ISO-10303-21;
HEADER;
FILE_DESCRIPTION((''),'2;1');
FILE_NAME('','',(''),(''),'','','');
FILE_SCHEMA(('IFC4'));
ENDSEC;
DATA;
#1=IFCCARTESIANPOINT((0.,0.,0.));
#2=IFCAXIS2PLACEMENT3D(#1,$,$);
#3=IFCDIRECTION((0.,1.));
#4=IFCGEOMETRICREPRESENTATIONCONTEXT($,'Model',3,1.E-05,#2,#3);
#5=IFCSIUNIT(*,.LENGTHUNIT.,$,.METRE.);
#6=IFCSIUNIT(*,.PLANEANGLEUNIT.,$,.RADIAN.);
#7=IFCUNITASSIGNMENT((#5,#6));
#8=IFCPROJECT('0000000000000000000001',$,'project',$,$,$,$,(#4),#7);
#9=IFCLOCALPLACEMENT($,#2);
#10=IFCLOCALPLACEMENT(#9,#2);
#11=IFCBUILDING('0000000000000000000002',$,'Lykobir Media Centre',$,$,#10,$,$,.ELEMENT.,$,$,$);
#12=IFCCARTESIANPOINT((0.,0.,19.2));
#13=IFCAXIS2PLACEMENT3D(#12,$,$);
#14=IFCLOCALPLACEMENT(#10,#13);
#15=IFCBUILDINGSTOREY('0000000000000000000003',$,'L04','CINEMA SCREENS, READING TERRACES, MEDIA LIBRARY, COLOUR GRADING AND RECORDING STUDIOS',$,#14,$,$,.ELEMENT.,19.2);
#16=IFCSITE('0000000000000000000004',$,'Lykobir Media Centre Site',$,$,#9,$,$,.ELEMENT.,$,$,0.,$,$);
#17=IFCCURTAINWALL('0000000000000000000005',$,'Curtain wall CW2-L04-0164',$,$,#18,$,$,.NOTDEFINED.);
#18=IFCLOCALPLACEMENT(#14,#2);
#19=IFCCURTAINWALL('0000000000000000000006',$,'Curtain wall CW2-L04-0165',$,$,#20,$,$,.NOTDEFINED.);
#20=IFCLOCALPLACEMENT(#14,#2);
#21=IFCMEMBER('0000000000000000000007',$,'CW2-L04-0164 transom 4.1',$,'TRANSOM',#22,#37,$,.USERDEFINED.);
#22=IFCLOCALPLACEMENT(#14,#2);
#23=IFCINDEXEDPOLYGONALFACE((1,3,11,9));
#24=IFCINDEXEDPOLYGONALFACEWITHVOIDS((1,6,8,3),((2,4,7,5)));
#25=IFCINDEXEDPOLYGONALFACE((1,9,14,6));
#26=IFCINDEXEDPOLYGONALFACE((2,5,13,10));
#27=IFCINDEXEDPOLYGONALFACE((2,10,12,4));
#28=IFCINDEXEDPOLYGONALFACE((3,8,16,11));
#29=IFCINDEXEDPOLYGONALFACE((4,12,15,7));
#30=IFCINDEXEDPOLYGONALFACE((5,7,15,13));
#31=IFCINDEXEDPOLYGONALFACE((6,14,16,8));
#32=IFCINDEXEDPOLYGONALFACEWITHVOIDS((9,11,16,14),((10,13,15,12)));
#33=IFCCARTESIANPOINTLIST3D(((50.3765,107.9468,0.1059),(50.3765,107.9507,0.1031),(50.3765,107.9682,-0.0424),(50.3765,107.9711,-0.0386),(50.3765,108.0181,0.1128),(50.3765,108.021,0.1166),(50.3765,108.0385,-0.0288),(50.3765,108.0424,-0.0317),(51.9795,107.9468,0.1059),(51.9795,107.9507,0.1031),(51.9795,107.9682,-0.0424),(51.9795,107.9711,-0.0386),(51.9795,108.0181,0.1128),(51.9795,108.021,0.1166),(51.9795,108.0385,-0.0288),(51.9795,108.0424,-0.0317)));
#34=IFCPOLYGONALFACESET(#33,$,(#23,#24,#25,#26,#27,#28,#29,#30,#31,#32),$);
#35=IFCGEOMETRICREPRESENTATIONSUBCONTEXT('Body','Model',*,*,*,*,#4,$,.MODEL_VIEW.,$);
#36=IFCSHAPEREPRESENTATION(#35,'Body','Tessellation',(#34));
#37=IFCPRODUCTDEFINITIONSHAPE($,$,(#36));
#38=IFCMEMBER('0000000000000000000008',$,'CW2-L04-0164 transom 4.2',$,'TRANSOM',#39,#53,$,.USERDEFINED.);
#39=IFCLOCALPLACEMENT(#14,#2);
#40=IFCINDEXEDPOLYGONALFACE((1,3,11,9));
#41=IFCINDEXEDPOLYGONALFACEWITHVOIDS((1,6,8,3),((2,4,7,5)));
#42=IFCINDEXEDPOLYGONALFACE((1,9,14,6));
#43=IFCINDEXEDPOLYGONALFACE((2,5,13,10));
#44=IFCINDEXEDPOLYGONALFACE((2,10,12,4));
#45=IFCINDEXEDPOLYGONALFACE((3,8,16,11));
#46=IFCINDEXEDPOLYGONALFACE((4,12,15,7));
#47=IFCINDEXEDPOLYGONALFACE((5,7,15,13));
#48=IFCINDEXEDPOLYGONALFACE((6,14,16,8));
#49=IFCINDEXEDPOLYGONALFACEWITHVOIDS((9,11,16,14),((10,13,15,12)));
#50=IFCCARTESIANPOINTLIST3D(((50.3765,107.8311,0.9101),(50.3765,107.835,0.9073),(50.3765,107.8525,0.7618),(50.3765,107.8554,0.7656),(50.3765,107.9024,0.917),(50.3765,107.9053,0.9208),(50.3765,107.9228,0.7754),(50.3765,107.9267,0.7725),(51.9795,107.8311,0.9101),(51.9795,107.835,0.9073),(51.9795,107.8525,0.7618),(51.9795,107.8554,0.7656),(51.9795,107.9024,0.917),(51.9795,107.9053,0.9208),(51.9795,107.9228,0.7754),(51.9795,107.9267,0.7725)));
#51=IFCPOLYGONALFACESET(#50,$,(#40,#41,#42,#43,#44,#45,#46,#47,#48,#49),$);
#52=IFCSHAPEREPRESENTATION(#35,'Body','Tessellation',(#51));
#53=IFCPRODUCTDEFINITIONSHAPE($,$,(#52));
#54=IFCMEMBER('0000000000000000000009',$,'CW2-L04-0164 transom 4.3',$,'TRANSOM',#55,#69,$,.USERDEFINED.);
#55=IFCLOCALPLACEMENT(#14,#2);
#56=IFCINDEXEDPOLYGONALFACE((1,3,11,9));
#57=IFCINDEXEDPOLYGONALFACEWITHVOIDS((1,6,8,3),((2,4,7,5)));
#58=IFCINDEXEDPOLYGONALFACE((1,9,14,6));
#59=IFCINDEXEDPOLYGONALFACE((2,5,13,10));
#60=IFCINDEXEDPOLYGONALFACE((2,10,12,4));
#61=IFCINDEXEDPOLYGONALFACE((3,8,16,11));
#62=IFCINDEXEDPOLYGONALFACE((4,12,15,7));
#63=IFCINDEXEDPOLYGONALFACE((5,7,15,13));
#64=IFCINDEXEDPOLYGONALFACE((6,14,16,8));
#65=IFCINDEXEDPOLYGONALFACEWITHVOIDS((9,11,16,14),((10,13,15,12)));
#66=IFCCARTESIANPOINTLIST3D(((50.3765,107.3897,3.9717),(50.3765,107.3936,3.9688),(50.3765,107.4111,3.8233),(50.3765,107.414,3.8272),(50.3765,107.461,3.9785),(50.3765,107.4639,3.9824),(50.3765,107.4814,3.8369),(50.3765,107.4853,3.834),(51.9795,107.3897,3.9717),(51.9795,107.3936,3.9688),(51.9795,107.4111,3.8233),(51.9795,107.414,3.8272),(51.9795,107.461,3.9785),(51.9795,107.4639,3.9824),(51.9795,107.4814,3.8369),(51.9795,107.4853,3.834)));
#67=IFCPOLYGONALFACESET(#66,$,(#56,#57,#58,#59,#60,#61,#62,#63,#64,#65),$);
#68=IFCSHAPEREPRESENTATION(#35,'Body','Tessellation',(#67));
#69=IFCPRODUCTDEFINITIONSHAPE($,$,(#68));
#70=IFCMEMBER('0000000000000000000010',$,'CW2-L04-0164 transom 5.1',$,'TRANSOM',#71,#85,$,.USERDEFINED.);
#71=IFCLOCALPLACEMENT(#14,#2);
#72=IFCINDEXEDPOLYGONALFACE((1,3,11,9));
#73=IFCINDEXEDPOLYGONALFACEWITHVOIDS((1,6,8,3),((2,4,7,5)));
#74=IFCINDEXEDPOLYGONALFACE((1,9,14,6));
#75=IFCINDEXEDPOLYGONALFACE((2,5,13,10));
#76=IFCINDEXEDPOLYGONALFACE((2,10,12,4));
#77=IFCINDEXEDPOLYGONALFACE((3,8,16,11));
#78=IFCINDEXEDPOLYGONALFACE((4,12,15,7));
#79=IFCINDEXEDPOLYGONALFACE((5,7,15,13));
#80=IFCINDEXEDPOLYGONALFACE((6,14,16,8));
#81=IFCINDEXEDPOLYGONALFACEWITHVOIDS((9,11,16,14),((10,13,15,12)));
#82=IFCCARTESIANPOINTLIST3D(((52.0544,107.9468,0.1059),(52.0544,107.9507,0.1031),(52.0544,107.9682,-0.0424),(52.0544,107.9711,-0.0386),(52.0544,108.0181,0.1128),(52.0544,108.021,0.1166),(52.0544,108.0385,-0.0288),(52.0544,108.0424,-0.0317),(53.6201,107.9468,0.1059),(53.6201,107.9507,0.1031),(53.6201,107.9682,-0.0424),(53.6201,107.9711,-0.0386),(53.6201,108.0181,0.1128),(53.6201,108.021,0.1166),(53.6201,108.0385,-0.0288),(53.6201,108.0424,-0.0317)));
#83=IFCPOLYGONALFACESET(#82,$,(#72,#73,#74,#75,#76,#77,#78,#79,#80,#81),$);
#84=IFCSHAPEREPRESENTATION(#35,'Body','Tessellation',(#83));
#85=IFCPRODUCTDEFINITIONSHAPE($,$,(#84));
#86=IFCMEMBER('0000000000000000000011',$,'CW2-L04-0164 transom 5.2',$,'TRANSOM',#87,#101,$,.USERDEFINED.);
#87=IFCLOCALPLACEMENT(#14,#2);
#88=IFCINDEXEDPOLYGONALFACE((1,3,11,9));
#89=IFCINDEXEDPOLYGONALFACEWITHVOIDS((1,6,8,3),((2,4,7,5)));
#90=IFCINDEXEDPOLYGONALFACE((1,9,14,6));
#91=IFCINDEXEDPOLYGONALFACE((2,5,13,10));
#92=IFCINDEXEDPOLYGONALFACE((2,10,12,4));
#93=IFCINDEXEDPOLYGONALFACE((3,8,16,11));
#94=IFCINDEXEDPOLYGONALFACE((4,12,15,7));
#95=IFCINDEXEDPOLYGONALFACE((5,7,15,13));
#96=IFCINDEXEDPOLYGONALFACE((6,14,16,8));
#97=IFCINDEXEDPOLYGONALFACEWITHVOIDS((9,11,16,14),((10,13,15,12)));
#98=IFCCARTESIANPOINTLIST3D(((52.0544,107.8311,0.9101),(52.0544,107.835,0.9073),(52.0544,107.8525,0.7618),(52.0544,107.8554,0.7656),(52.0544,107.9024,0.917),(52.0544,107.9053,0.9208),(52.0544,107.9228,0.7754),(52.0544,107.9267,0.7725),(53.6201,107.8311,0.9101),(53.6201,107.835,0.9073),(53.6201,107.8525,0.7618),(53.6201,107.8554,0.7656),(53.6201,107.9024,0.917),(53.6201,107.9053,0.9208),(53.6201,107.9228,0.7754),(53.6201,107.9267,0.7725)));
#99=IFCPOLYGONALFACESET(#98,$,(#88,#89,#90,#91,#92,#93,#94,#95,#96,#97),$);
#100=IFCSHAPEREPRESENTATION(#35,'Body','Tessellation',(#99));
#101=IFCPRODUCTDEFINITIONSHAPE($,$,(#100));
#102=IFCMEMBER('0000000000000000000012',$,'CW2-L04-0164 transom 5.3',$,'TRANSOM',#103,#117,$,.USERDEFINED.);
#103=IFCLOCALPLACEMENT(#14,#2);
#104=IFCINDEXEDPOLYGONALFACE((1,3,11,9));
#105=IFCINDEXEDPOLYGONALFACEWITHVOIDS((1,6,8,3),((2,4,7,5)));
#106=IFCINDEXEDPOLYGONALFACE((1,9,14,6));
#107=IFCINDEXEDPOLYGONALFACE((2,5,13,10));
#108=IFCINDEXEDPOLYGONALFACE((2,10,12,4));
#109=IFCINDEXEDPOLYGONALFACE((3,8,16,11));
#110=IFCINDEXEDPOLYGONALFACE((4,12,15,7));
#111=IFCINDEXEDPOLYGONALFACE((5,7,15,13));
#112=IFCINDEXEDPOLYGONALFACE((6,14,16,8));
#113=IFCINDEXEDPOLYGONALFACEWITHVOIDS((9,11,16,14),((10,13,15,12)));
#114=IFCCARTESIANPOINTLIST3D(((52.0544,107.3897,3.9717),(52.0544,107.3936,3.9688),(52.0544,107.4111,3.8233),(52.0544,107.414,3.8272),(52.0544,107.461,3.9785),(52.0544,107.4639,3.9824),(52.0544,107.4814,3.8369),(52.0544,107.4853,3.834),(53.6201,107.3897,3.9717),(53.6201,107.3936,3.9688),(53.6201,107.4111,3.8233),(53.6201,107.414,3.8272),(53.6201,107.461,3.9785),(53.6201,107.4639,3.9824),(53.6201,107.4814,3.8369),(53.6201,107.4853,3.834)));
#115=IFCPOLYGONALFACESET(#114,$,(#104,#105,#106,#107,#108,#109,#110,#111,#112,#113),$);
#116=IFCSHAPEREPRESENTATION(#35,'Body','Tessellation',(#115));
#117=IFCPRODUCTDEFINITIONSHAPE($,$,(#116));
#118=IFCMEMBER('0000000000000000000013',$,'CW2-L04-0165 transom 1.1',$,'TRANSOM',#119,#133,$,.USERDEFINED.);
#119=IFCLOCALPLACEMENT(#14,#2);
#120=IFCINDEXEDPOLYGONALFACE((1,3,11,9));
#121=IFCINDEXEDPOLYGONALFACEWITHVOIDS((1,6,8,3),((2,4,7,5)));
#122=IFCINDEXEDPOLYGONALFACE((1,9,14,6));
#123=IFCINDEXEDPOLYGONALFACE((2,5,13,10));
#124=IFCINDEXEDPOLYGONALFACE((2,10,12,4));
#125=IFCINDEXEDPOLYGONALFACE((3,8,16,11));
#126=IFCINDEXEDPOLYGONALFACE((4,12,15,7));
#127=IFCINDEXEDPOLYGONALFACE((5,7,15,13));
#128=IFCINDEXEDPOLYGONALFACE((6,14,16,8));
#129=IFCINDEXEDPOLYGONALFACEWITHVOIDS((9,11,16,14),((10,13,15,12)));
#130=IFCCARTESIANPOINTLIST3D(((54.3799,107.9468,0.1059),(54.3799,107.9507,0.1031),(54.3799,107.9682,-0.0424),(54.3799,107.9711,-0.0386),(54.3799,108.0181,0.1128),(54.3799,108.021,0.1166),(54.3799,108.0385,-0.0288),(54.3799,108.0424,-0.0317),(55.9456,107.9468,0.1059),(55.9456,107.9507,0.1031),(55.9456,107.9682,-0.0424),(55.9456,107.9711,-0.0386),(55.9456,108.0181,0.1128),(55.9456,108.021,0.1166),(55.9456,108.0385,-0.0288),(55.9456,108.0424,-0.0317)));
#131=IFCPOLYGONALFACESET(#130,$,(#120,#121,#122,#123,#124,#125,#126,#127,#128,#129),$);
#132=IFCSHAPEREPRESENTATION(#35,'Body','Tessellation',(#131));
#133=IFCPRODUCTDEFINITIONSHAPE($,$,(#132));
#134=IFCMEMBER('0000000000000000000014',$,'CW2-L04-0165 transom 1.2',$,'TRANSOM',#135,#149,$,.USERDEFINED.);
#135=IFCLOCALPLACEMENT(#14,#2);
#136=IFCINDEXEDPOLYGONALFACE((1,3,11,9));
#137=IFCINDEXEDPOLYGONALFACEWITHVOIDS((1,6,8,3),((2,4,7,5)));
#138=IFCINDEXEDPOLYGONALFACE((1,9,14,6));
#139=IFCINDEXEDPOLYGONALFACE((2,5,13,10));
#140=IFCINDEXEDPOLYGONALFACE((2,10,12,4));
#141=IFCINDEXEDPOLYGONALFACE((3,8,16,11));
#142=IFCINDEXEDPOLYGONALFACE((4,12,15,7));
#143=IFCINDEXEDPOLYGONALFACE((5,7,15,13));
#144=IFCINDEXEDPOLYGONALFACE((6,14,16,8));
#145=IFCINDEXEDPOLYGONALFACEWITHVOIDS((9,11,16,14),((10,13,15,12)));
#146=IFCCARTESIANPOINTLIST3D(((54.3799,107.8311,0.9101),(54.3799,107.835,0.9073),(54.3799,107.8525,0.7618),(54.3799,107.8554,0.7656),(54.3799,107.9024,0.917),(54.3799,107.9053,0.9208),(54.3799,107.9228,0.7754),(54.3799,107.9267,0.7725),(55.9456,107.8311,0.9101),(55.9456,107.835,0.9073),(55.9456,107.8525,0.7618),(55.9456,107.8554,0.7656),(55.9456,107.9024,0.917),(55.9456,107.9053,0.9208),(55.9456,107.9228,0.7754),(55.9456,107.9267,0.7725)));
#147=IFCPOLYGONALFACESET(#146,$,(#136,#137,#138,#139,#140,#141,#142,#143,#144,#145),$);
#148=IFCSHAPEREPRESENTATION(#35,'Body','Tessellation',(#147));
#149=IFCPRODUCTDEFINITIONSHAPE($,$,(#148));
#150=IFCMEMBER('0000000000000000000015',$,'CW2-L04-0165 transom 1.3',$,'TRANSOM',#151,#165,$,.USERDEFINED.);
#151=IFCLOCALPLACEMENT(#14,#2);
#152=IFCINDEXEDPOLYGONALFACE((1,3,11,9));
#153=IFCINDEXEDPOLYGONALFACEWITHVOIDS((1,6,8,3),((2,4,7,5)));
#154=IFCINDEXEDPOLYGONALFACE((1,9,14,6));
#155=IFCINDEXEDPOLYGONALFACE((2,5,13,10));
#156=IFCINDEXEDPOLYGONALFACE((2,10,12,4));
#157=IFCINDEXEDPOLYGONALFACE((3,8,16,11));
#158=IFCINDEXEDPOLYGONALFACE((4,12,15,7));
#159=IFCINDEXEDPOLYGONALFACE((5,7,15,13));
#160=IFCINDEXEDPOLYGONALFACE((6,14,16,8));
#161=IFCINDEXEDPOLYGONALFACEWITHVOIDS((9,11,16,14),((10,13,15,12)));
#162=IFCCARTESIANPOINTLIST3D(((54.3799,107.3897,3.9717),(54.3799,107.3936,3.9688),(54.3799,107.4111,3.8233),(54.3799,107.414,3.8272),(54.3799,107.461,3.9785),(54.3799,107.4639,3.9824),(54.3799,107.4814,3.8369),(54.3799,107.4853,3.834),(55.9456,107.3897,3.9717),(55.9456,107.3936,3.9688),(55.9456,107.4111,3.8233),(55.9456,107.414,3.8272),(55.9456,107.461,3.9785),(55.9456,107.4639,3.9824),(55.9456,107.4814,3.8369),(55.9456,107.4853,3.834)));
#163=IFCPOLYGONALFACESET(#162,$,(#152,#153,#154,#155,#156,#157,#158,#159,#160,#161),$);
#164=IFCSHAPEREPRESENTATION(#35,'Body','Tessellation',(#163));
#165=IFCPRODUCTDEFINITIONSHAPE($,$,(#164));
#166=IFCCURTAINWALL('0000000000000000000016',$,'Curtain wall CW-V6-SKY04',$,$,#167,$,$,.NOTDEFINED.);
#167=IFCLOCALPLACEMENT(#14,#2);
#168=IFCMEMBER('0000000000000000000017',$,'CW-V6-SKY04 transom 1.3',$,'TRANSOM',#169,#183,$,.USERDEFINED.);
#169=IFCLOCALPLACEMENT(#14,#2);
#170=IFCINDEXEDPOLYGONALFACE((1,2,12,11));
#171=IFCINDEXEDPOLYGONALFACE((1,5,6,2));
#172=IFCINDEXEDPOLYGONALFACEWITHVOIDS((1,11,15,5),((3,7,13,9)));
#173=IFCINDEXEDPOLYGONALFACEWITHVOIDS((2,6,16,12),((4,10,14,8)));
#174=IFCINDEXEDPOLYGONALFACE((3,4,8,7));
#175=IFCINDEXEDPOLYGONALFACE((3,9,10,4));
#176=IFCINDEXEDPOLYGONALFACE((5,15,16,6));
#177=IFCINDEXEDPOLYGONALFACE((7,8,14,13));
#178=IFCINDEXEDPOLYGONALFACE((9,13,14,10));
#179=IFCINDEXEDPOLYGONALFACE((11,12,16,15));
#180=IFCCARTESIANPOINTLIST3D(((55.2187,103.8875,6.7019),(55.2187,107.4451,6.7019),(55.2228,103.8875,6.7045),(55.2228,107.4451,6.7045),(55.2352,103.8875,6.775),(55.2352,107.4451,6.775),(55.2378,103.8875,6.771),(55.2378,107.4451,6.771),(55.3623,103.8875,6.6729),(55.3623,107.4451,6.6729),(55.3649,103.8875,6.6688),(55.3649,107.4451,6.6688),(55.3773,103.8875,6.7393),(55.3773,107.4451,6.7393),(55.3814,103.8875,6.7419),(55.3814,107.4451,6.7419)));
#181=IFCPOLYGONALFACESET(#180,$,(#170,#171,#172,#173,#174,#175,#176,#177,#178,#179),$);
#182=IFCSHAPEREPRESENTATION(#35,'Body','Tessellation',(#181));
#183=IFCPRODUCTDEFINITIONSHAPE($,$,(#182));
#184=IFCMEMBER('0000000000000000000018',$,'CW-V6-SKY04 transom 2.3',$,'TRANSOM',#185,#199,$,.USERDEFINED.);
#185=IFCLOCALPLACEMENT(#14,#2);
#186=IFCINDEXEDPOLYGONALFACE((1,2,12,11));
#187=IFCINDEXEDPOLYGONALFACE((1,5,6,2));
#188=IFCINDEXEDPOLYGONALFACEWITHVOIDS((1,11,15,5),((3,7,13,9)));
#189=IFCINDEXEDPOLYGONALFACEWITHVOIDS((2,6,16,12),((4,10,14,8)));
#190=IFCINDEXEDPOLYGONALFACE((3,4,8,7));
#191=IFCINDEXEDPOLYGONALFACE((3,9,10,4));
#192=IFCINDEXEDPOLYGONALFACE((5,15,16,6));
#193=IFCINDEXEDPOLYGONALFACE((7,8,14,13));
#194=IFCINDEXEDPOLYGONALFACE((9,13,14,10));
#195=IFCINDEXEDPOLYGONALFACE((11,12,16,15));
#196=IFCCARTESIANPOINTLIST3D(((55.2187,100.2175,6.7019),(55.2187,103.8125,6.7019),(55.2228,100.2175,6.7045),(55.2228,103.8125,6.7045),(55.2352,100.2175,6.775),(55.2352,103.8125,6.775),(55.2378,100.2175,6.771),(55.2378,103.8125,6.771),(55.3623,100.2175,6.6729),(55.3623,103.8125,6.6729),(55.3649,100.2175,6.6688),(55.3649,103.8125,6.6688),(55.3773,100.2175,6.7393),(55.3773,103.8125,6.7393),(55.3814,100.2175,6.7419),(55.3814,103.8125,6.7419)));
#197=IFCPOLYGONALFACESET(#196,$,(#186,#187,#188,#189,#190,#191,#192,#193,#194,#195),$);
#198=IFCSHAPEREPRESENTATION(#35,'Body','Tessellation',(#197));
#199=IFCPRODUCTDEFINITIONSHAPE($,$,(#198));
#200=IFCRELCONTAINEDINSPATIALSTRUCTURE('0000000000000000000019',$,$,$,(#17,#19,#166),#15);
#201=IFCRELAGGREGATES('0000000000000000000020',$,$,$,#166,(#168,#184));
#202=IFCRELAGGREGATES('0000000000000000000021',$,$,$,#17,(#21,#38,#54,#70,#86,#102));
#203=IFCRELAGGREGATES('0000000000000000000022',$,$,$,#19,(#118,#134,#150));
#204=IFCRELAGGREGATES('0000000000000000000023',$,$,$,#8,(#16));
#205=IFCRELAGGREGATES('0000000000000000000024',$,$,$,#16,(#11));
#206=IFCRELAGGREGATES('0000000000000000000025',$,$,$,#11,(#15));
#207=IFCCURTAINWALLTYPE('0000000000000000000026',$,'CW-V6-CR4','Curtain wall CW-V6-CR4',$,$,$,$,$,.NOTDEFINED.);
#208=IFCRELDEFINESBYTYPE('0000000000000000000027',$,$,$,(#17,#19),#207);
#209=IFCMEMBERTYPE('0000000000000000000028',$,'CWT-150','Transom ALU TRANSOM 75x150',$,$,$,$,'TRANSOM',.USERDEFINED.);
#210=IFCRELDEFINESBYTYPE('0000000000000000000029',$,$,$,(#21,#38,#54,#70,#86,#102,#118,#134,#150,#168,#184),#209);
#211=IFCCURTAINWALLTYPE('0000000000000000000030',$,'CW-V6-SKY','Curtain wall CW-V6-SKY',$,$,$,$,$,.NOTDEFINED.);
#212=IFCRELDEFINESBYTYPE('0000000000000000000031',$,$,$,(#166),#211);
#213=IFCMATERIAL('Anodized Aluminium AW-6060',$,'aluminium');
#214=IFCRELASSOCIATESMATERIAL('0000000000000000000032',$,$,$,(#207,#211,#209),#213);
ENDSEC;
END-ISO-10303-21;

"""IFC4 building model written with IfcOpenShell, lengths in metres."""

from ifc_helpers import new_model, si_unit, direction, frame, origin, origin_2d, place, context, subcontext, project, spatial, hollow_rectangle, extrude, material, material_profile, profile_set, type_object, element, aggregate, save


model = new_model("IFC4")

# Units and contexts
model_context = context("Model", 3, precision=1e-05, world=origin(), true_north=direction((0.0, 1.0)))
body_context = subcontext(model_context, "Body", "Model", "MODEL_VIEW")
ifc_project = project(units=[si_unit("LENGTHUNIT", "METRE"), si_unit("PLANEANGLEUNIT", "RADIAN")], contexts=[model_context])

# Site, building, storey
site_placement = place(None, origin())
site = spatial("IfcSite", under=ifc_project, at=site_placement, Name="Lykobir Media Centre Site", CompositionType="ELEMENT", RefElevation=0.0)
building_placement = place(site_placement, origin())
building = spatial("IfcBuilding", under=site, at=building_placement, Name="Lykobir Media Centre", CompositionType="ELEMENT")
storey_placement = place(building_placement, frame((0.0, 0.0, 19.2)))
storey = spatial("IfcBuildingStorey", under=building, at=storey_placement, Name="L04", Description="CINEMA SCREENS, READING TERRACES, MEDIA LIBRARY, COLOUR GRADING AND RECORDING STUDIOS", CompositionType="ELEMENT", Elevation=19.2)

# Curtain walls
ifc_material_1 = material(Name="Anodized Aluminium AW-6060", Category="aluminium")
curtain_wall_type_1 = type_object("IfcCurtainWallType", Name="CW-V6-CR4", Description="Curtain wall CW-V6-CR4", PredefinedType="NOTDEFINED", material=ifc_material_1)
curtain_wall_1_placement = place(storey_placement, origin())
curtain_wall_1 = element("IfcCurtainWall", 1, at=curtain_wall_1_placement, inside=storey, type_object=curtain_wall_type_1, Name="Curtain wall CW2-L04-0164", PredefinedType="NOTDEFINED")
curtain_wall_2_placement = place(storey_placement, origin())
curtain_wall_2 = element("IfcCurtainWall", 2, at=curtain_wall_2_placement, inside=storey, type_object=curtain_wall_type_1, Name="Curtain wall CW2-L04-0165", PredefinedType="NOTDEFINED")

# Members
ifc_material_profile_1 = material_profile(ifc_material_1, hollow_rectangle(XDim=0.075, YDim=0.1499, WallThickness=0.0034, at=origin_2d()), Name="ALU TRANSOM 75x150")
ifc_profile_set_1 = profile_set([ifc_material_profile_1], Name="Anodized Aluminium AW-6060")
member_type_1 = type_object("IfcMemberType", Name="CWT-150", Description="Transom ALU TRANSOM 75x150", ElementType="TRANSOM", PredefinedType="USERDEFINED", material=ifc_profile_set_1)
member_1_placement = place(storey_placement, frame((50.3765, 107.9946, 0.0371), z_axis=(1.0, 0.0, 0.0), x_axis=(0.0, 0.989776, 0.142629)))
member_1 = element("IfcMember", 3, at=member_1_placement, type_object=member_type_1, Name="CW2-L04-0164 transom 4.1", ObjectType="TRANSOM", PredefinedType="USERDEFINED", context=body_context, shape_type="SweptSolid", body=[
    extrude(hollow_rectangle(XDim=0.075, YDim=0.1499, WallThickness=0.0034, at=origin_2d()), origin(), (0.0, 0.0, 1.0), 1.603),
])
member_2_placement = place(storey_placement, frame((50.3765, 107.8789, 0.8413), z_axis=(1.0, 0.0, 0.0), x_axis=(0.0, 0.989776, 0.142629)))
member_2 = element("IfcMember", 4, at=member_2_placement, type_object=member_type_1, Name="CW2-L04-0164 transom 4.2", ObjectType="TRANSOM", PredefinedType="USERDEFINED", context=body_context, shape_type="SweptSolid", body=[
    extrude(hollow_rectangle(XDim=0.075, YDim=0.1499, WallThickness=0.0034, at=origin_2d()), origin(), (0.0, 0.0, 1.0), 1.603),
])
member_3_placement = place(storey_placement, frame((50.3765, 107.4375, 3.9028), z_axis=(1.0, 0.0, 0.0), x_axis=(0.0, 0.989776, 0.142629)))
member_3 = element("IfcMember", 5, at=member_3_placement, type_object=member_type_1, Name="CW2-L04-0164 transom 4.3", ObjectType="TRANSOM", PredefinedType="USERDEFINED", context=body_context, shape_type="SweptSolid", body=[
    extrude(hollow_rectangle(XDim=0.075, YDim=0.1499, WallThickness=0.0034, at=origin_2d()), origin(), (0.0, 0.0, 1.0), 1.603),
])
member_4_placement = place(storey_placement, frame((52.0544, 107.9946, 0.0371), z_axis=(1.0, 0.0, 0.0), x_axis=(0.0, 0.989776, 0.142629)))
member_4 = element("IfcMember", 6, at=member_4_placement, type_object=member_type_1, Name="CW2-L04-0164 transom 5.1", ObjectType="TRANSOM", PredefinedType="USERDEFINED", context=body_context, shape_type="SweptSolid", body=[
    extrude(hollow_rectangle(XDim=0.075, YDim=0.1499, WallThickness=0.0034, at=origin_2d()), origin(), (0.0, 0.0, 1.0), 1.5657),
])
member_5_placement = place(storey_placement, frame((52.0544, 107.8789, 0.8413), z_axis=(1.0, 0.0, 0.0), x_axis=(0.0, 0.989776, 0.142629)))
member_5 = element("IfcMember", 7, at=member_5_placement, type_object=member_type_1, Name="CW2-L04-0164 transom 5.2", ObjectType="TRANSOM", PredefinedType="USERDEFINED", context=body_context, shape_type="SweptSolid", body=[
    extrude(hollow_rectangle(XDim=0.075, YDim=0.1499, WallThickness=0.0034, at=origin_2d()), origin(), (0.0, 0.0, 1.0), 1.5657),
])
member_6_placement = place(storey_placement, frame((52.0544, 107.4375, 3.9028), z_axis=(1.0, 0.0, 0.0), x_axis=(0.0, 0.989776, 0.142629)))
member_6 = element("IfcMember", 8, at=member_6_placement, type_object=member_type_1, Name="CW2-L04-0164 transom 5.3", ObjectType="TRANSOM", PredefinedType="USERDEFINED", context=body_context, shape_type="SweptSolid", body=[
    extrude(hollow_rectangle(XDim=0.075, YDim=0.1499, WallThickness=0.0034, at=origin_2d()), origin(), (0.0, 0.0, 1.0), 1.5657),
])
member_7_placement = place(storey_placement, frame((54.3799, 107.9946, 0.0371), z_axis=(1.0, 0.0, 0.0), x_axis=(0.0, 0.989776, 0.142629)))
member_7 = element("IfcMember", 9, at=member_7_placement, type_object=member_type_1, Name="CW2-L04-0165 transom 1.1", ObjectType="TRANSOM", PredefinedType="USERDEFINED", context=body_context, shape_type="SweptSolid", body=[
    extrude(hollow_rectangle(XDim=0.075, YDim=0.1499, WallThickness=0.0034, at=origin_2d()), origin(), (0.0, 0.0, 1.0), 1.5657),
])
member_8_placement = place(storey_placement, frame((54.3799, 107.8789, 0.8413), z_axis=(1.0, 0.0, 0.0), x_axis=(0.0, 0.989776, 0.142629)))
member_8 = element("IfcMember", 10, at=member_8_placement, type_object=member_type_1, Name="CW2-L04-0165 transom 1.2", ObjectType="TRANSOM", PredefinedType="USERDEFINED", context=body_context, shape_type="SweptSolid", body=[
    extrude(hollow_rectangle(XDim=0.075, YDim=0.1499, WallThickness=0.0034, at=origin_2d()), origin(), (0.0, 0.0, 1.0), 1.5657),
])
member_9_placement = place(storey_placement, frame((54.3799, 107.4375, 3.9028), z_axis=(1.0, 0.0, 0.0), x_axis=(0.0, 0.989776, 0.142629)))
member_9 = element("IfcMember", 11, at=member_9_placement, type_object=member_type_1, Name="CW2-L04-0165 transom 1.3", ObjectType="TRANSOM", PredefinedType="USERDEFINED", context=body_context, shape_type="SweptSolid", body=[
    extrude(hollow_rectangle(XDim=0.075, YDim=0.1499, WallThickness=0.0034, at=origin_2d()), origin(), (0.0, 0.0, 1.0), 1.5657),
])

# Curtain wall, members
curtain_wall_type_2 = type_object("IfcCurtainWallType", Name="CW-V6-SKY", Description="Curtain wall CW-V6-SKY", PredefinedType="NOTDEFINED", material=ifc_material_1)
curtain_wall_3_placement = place(storey_placement, origin())
curtain_wall_3 = element("IfcCurtainWall", 12, at=curtain_wall_3_placement, inside=storey, type_object=curtain_wall_type_2, Name="Curtain wall CW-V6-SKY04", PredefinedType="NOTDEFINED")
member_10_placement = place(storey_placement, frame((55.3, 107.4451, 6.7219), z_axis=(0.0, -1.0, 0.0), x_axis=(0.221072, 0.0, 0.975258)))
member_10 = element("IfcMember", 13, at=member_10_placement, type_object=member_type_1, Name="CW-V6-SKY04 transom 1.3", ObjectType="TRANSOM", PredefinedType="USERDEFINED", context=body_context, shape_type="SweptSolid", body=[
    extrude(hollow_rectangle(XDim=0.075, YDim=0.1499, WallThickness=0.0034, at=origin_2d()), origin(), (0.0, 0.0, 1.0), 3.5576),
])
member_11_placement = place(storey_placement, frame((55.3, 103.8125, 6.7219), z_axis=(0.0, -1.0, 0.0), x_axis=(0.221072, 0.0, 0.975258)))
member_11 = element("IfcMember", 14, at=member_11_placement, type_object=member_type_1, Name="CW-V6-SKY04 transom 2.3", ObjectType="TRANSOM", PredefinedType="USERDEFINED", context=body_context, shape_type="SweptSolid", body=[
    extrude(hollow_rectangle(XDim=0.075, YDim=0.1499, WallThickness=0.0034, at=origin_2d()), origin(), (0.0, 0.0, 1.0), 3.595),
])
aggregate(curtain_wall_3, [member_10, member_11])

aggregate(curtain_wall_1, [member_1, member_2, member_3, member_4, member_5, member_6])
aggregate(curtain_wall_2, [member_7, member_8, member_9])

save(model, "model.ifc")
